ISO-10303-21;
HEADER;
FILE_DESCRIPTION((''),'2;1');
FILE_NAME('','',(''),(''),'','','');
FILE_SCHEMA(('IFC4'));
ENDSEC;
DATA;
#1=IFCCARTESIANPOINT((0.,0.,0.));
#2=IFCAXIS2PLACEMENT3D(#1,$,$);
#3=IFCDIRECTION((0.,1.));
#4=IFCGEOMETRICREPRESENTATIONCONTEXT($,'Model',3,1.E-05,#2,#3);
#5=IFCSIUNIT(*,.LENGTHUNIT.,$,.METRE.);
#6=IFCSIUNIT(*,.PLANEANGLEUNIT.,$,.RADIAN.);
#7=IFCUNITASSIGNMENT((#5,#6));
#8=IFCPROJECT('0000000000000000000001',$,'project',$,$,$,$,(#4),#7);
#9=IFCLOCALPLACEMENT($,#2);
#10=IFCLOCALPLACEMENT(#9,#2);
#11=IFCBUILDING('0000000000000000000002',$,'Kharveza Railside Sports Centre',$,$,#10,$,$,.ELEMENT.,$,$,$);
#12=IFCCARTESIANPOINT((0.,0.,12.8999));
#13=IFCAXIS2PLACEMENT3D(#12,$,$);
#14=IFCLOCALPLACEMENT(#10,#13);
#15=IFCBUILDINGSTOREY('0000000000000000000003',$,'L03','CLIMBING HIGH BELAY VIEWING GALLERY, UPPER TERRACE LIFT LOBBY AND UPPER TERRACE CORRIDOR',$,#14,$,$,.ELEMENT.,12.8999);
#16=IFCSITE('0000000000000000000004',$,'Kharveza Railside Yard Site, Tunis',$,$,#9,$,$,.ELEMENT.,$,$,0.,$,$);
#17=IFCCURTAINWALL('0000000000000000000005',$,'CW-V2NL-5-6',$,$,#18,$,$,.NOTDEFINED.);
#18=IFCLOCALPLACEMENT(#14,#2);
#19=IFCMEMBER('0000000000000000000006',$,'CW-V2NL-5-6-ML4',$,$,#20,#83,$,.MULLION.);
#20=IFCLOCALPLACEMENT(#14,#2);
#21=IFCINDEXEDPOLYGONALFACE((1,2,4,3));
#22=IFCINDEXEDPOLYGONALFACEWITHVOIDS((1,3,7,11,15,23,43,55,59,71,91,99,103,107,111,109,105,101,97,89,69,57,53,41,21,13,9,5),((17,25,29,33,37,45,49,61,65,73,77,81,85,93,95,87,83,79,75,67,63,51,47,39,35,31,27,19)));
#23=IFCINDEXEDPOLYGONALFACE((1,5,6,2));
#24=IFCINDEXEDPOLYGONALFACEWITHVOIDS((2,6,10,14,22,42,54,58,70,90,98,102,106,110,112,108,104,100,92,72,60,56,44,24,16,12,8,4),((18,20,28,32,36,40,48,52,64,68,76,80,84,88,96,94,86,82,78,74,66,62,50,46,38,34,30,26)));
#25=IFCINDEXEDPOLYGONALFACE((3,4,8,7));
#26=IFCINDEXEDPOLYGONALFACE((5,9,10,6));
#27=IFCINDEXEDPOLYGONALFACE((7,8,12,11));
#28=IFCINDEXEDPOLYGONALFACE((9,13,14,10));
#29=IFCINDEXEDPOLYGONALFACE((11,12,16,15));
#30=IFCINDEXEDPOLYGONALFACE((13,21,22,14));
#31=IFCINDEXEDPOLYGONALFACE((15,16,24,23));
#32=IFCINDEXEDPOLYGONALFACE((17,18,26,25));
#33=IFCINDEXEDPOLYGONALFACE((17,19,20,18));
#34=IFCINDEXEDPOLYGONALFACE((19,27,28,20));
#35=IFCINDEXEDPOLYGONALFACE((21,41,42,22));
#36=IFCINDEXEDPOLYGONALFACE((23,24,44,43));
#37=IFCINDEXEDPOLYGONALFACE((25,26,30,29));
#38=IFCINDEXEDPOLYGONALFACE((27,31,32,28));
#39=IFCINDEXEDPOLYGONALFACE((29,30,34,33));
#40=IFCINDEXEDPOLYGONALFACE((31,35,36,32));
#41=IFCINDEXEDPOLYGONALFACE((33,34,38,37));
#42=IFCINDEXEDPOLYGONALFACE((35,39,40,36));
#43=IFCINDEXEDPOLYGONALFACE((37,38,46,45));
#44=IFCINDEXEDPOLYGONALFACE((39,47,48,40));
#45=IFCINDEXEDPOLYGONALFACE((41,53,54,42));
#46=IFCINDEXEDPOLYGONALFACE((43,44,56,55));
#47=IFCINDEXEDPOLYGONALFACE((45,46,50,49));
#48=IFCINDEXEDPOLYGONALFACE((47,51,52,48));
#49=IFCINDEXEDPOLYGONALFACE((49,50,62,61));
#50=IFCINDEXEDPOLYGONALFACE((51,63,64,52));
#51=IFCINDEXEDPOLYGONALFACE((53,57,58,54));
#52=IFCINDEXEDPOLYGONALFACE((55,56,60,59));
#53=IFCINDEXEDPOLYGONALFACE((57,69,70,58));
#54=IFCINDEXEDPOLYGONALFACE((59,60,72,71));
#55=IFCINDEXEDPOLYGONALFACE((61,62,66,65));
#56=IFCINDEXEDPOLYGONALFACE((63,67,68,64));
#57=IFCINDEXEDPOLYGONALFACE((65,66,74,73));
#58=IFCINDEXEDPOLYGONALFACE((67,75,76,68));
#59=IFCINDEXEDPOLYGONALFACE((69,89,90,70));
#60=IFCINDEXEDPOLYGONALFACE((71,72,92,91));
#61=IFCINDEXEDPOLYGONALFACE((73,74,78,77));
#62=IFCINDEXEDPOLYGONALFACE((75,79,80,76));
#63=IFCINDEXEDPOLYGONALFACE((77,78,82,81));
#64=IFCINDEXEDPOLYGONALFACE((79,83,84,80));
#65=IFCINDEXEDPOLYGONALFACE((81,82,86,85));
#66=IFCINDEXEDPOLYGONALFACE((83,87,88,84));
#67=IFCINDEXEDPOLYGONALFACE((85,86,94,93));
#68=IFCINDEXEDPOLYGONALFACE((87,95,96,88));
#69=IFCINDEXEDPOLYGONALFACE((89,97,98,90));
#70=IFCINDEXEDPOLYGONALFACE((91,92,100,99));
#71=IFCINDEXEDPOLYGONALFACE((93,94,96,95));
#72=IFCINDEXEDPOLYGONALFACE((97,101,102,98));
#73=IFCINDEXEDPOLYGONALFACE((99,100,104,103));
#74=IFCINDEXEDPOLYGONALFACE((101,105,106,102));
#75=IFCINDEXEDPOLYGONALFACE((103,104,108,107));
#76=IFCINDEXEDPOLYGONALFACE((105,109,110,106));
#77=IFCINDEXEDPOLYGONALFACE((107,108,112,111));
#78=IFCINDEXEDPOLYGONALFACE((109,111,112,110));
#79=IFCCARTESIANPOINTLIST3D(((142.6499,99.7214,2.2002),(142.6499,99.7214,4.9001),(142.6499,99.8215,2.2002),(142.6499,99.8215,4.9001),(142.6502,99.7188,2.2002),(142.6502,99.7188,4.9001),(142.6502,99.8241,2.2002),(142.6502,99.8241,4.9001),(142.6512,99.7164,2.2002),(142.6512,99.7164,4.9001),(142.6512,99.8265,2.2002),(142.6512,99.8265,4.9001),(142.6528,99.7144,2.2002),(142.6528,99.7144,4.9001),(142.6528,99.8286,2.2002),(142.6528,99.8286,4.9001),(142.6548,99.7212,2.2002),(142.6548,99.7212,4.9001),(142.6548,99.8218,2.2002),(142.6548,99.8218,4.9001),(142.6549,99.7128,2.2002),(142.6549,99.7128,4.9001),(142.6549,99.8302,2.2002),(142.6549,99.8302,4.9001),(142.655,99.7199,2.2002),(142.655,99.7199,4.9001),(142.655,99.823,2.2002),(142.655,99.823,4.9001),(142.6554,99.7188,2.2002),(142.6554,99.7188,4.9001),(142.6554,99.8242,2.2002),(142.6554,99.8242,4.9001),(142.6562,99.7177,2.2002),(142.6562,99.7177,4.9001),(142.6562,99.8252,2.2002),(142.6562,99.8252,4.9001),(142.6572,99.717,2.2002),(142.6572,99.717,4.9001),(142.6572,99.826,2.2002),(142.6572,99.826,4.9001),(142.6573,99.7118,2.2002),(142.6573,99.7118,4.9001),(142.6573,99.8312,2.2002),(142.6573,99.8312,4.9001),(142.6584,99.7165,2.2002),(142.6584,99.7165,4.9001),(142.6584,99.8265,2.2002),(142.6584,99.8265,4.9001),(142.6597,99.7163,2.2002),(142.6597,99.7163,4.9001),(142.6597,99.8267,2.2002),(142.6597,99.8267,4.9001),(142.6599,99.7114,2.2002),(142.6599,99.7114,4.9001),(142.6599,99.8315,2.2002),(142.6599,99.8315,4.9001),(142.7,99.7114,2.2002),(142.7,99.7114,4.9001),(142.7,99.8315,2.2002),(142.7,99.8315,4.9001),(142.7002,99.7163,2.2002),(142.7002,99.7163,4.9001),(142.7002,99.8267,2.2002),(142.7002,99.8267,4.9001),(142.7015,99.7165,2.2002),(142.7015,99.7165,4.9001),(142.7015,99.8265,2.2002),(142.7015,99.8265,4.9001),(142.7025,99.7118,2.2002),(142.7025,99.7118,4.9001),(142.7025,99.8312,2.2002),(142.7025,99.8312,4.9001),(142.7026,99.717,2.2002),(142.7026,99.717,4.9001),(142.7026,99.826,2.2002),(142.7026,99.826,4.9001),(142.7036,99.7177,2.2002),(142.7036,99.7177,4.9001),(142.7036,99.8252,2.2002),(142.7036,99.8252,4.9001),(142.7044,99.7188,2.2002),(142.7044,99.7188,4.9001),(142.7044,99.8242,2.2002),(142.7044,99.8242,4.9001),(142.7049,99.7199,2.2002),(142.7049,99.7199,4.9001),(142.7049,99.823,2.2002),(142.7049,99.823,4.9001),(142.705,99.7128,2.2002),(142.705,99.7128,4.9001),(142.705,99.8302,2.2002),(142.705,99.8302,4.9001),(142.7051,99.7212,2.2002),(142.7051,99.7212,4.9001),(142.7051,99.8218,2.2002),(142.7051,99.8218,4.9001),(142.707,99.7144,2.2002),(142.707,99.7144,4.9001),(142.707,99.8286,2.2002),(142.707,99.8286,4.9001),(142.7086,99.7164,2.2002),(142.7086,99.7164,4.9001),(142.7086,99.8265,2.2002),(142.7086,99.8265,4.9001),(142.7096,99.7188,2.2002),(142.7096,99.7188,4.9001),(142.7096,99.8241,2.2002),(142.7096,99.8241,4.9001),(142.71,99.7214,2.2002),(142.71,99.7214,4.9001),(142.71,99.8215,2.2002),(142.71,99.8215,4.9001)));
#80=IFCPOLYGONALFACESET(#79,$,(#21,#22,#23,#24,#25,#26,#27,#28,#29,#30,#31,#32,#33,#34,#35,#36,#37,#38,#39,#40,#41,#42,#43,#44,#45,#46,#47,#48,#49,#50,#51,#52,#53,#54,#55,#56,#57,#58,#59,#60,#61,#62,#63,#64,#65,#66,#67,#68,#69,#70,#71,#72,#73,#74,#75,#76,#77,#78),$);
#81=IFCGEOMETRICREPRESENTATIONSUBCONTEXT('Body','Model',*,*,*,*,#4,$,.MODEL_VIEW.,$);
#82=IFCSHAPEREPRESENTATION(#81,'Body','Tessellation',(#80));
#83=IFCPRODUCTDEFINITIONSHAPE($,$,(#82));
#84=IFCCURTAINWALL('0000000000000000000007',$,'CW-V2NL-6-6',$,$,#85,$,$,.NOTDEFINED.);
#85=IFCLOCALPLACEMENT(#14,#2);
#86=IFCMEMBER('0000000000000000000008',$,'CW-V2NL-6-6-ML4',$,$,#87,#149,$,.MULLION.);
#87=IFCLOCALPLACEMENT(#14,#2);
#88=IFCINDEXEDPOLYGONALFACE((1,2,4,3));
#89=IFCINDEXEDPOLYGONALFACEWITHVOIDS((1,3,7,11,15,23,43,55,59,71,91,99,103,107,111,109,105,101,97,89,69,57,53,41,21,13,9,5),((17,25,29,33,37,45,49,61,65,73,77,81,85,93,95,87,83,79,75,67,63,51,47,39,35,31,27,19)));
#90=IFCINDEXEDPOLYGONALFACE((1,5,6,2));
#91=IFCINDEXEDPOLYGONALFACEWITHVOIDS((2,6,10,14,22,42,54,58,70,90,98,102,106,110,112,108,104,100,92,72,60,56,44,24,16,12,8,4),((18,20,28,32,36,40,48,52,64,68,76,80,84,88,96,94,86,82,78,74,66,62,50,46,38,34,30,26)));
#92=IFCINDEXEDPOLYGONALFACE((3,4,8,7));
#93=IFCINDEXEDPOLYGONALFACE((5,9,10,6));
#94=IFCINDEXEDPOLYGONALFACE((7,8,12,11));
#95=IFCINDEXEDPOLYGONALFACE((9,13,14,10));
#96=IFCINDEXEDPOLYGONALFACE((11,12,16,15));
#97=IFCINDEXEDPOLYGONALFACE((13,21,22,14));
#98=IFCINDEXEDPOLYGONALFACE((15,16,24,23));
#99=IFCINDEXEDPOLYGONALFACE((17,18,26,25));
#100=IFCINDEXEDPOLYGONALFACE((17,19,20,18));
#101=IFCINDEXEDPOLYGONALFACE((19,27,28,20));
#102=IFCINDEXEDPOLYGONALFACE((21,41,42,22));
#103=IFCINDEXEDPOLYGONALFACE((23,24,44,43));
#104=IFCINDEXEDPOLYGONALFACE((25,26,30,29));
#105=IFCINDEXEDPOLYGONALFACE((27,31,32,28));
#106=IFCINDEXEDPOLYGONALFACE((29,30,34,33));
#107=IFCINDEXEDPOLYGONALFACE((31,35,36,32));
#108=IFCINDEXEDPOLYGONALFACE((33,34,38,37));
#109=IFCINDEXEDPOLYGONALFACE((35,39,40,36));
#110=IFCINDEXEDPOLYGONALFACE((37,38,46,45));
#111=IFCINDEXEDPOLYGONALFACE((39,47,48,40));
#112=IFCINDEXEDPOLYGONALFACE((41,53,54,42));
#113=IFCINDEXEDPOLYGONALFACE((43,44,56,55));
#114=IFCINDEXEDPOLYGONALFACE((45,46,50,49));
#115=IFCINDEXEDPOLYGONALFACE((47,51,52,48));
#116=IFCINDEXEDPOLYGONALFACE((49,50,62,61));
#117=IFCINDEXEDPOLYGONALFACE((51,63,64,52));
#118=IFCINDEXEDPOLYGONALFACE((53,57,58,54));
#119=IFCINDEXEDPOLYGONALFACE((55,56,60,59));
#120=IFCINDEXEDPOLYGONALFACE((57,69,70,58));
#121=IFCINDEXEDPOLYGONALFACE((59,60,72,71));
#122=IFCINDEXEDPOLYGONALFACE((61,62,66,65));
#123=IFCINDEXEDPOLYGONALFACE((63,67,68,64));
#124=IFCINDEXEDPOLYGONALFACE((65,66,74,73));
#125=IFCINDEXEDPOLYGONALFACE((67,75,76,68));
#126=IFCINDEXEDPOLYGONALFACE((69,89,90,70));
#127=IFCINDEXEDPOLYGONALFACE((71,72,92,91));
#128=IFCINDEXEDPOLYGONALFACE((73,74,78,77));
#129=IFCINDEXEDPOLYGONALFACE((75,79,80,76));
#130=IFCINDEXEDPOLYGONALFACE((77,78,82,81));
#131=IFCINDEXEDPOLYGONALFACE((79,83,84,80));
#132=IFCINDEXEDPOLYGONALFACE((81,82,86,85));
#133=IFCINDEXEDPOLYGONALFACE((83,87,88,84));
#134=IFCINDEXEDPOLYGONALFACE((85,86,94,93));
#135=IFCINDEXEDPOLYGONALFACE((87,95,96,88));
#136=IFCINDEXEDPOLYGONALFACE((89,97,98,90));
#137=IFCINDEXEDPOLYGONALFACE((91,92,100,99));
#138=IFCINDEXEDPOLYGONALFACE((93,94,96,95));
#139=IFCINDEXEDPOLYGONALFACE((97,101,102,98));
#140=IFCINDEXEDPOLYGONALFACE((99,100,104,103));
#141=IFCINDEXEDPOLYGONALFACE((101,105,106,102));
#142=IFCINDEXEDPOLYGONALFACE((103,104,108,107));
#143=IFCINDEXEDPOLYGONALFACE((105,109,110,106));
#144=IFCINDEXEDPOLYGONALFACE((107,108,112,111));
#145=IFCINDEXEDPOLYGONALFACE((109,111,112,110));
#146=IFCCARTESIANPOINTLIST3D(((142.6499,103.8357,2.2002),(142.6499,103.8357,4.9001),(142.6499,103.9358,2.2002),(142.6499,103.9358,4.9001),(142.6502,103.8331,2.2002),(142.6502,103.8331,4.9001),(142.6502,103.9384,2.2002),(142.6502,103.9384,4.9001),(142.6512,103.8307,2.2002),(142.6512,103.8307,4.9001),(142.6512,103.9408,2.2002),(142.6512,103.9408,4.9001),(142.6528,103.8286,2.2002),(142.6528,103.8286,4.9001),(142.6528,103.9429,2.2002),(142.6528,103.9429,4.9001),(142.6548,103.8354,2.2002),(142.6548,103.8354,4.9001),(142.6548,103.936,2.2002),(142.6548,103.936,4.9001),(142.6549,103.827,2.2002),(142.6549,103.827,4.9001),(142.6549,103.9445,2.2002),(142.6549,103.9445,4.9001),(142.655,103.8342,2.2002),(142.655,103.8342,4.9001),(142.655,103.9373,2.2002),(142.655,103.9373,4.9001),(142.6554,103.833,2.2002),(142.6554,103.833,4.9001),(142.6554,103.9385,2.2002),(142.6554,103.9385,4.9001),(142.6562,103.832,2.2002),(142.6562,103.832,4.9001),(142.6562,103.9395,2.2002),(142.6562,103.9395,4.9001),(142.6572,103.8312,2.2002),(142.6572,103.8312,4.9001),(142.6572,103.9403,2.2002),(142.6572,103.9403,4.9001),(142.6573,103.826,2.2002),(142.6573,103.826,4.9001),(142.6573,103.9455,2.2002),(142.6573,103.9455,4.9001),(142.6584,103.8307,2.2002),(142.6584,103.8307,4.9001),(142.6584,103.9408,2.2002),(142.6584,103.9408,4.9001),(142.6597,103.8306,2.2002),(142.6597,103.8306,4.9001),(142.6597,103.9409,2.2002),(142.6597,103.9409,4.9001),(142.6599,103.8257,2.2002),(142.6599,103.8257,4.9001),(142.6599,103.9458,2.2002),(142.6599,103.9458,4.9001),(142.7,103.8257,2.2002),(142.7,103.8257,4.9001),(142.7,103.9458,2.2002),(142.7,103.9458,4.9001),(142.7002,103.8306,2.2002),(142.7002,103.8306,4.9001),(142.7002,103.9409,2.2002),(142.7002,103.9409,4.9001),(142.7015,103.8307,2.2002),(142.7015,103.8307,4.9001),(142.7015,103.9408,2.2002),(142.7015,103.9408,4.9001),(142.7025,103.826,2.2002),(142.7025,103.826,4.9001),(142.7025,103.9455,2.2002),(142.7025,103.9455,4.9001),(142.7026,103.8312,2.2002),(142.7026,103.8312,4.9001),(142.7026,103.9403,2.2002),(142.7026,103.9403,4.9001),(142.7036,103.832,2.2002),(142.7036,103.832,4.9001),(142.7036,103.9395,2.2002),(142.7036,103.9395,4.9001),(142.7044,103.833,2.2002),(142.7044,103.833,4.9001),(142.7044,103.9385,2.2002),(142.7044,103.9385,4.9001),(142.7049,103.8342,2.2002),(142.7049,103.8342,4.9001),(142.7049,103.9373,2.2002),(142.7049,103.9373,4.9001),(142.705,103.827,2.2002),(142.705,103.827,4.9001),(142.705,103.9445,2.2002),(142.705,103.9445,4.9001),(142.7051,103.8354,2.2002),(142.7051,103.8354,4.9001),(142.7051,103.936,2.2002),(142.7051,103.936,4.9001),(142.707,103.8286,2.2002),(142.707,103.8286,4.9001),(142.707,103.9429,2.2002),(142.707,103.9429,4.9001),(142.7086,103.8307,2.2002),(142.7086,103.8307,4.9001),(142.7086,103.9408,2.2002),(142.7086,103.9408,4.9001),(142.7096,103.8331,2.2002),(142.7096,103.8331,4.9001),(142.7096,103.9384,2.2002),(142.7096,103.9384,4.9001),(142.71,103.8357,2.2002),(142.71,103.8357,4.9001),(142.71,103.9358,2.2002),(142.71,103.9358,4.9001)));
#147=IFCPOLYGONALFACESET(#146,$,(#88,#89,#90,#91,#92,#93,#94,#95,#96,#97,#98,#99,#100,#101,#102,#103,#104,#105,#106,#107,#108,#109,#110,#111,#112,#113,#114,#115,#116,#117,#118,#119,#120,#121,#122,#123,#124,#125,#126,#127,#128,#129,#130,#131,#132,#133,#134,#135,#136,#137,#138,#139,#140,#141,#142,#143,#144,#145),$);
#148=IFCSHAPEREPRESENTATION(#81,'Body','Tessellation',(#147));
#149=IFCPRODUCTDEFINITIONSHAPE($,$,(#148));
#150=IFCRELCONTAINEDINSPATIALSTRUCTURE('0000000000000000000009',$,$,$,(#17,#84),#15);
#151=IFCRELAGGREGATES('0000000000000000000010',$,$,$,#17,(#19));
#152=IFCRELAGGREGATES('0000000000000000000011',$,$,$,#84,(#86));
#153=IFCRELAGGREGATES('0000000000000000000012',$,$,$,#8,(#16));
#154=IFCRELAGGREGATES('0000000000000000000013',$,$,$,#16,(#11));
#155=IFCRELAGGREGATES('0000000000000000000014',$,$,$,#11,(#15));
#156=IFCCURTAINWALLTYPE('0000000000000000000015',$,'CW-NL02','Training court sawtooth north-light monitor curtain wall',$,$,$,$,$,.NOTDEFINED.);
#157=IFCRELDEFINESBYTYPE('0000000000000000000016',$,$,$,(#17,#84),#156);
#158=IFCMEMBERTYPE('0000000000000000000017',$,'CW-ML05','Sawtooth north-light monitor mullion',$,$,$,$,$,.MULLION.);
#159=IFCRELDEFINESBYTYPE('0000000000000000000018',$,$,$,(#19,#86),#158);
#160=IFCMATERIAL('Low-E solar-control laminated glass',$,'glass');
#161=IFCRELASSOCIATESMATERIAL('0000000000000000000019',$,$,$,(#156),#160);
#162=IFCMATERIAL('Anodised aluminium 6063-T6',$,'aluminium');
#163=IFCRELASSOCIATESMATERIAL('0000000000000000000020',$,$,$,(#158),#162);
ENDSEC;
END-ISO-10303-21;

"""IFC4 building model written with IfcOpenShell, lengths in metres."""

from ifc_helpers import new_model, si_unit, direction, frame, origin, origin_2d, place, context, subcontext, project, spatial, hollow_rectangle, extrude, material, material_profile, profile_set, type_object, element, aggregate, save


model = new_model("IFC4")

# Units and contexts
model_context = context("Model", 3, precision=1e-05, world=origin(), true_north=direction((0.0, 1.0)))
body_context = subcontext(model_context, "Body", "Model", "MODEL_VIEW")
ifc_project = project(units=[si_unit("LENGTHUNIT", "METRE"), si_unit("PLANEANGLEUNIT", "RADIAN")], contexts=[model_context])

# Site, building, storey
site_placement = place(None, origin())
site = spatial("IfcSite", under=ifc_project, at=site_placement, Name="Kharveza Railside Yard Site, Tunis", CompositionType="ELEMENT", RefElevation=0.0)
building_placement = place(site_placement, origin())
building = spatial("IfcBuilding", under=site, at=building_placement, Name="Kharveza Railside Sports Centre", CompositionType="ELEMENT")
storey_placement = place(building_placement, frame((0.0, 0.0, 12.8999)))
storey = spatial("IfcBuildingStorey", under=building, at=storey_placement, Name="L03", Description="CLIMBING HIGH BELAY VIEWING GALLERY, UPPER TERRACE LIFT LOBBY AND UPPER TERRACE CORRIDOR", CompositionType="ELEMENT", Elevation=12.8999)

# Curtain walls, members
ifc_material_1 = material(Name="Low-E solar-control laminated glass", Category="glass")
ifc_material_2 = material(Name="Anodised aluminium 6063-T6", Category="aluminium")
curtain_wall_type_1 = type_object("IfcCurtainWallType", Name="CW-NL02", Description="Training court sawtooth north-light monitor curtain wall", PredefinedType="NOTDEFINED", material=ifc_material_1)
ifc_material_profile_1 = material_profile(ifc_material_2, hollow_rectangle(XDim=0.0601, YDim=0.1201, WallThickness=0.0049, InnerFilletRadius=0.0049, OuterFilletRadius=0.01, at=origin_2d()), Name="RHS 60x120x5.0")
ifc_profile_set_1 = profile_set([ifc_material_profile_1], Name="Anodised aluminium 6063-T6")
member_type_1 = type_object("IfcMemberType", Name="CW-ML05", Description="Sawtooth north-light monitor mullion", PredefinedType="MULLION", material=ifc_profile_set_1)
curtain_wall_1_placement = place(storey_placement, origin())
curtain_wall_1 = element("IfcCurtainWall", 1, at=curtain_wall_1_placement, inside=storey, type_object=curtain_wall_type_1, Name="CW-V2NL-5-6", PredefinedType="NOTDEFINED")
member_1_placement = place(storey_placement, frame((142.6799, 99.7715, 2.2002), z_axis=(0.0, 0.0, 1.0), x_axis=(1.0, 0.0, 0.0)))
member_1 = element("IfcMember", 2, at=member_1_placement, type_object=member_type_1, Name="CW-V2NL-5-6-ML4", PredefinedType="MULLION", context=body_context, shape_type="SweptSolid", body=[
    extrude(hollow_rectangle(XDim=0.0601, YDim=0.1201, WallThickness=0.0049, InnerFilletRadius=0.0049, OuterFilletRadius=0.01, at=origin_2d()), origin(), (0.0, 0.0, 1.0), 2.7),
])
curtain_wall_2_placement = place(storey_placement, origin())
curtain_wall_2 = element("IfcCurtainWall", 3, at=curtain_wall_2_placement, inside=storey, type_object=curtain_wall_type_1, Name="CW-V2NL-6-6", PredefinedType="NOTDEFINED")
member_2_placement = place(storey_placement, frame((142.6799, 103.8857, 2.2002), z_axis=(0.0, 0.0, 1.0), x_axis=(1.0, 0.0, 0.0)))
member_2 = element("IfcMember", 4, at=member_2_placement, type_object=member_type_1, Name="CW-V2NL-6-6-ML4", PredefinedType="MULLION", context=body_context, shape_type="SweptSolid", body=[
    extrude(hollow_rectangle(XDim=0.0601, YDim=0.1201, WallThickness=0.0049, InnerFilletRadius=0.0049, OuterFilletRadius=0.01, at=origin_2d()), origin(), (0.0, 0.0, 1.0), 2.7),
])

aggregate(curtain_wall_1, [member_1])
aggregate(curtain_wall_2, [member_2])

save(model, "model.ifc")
